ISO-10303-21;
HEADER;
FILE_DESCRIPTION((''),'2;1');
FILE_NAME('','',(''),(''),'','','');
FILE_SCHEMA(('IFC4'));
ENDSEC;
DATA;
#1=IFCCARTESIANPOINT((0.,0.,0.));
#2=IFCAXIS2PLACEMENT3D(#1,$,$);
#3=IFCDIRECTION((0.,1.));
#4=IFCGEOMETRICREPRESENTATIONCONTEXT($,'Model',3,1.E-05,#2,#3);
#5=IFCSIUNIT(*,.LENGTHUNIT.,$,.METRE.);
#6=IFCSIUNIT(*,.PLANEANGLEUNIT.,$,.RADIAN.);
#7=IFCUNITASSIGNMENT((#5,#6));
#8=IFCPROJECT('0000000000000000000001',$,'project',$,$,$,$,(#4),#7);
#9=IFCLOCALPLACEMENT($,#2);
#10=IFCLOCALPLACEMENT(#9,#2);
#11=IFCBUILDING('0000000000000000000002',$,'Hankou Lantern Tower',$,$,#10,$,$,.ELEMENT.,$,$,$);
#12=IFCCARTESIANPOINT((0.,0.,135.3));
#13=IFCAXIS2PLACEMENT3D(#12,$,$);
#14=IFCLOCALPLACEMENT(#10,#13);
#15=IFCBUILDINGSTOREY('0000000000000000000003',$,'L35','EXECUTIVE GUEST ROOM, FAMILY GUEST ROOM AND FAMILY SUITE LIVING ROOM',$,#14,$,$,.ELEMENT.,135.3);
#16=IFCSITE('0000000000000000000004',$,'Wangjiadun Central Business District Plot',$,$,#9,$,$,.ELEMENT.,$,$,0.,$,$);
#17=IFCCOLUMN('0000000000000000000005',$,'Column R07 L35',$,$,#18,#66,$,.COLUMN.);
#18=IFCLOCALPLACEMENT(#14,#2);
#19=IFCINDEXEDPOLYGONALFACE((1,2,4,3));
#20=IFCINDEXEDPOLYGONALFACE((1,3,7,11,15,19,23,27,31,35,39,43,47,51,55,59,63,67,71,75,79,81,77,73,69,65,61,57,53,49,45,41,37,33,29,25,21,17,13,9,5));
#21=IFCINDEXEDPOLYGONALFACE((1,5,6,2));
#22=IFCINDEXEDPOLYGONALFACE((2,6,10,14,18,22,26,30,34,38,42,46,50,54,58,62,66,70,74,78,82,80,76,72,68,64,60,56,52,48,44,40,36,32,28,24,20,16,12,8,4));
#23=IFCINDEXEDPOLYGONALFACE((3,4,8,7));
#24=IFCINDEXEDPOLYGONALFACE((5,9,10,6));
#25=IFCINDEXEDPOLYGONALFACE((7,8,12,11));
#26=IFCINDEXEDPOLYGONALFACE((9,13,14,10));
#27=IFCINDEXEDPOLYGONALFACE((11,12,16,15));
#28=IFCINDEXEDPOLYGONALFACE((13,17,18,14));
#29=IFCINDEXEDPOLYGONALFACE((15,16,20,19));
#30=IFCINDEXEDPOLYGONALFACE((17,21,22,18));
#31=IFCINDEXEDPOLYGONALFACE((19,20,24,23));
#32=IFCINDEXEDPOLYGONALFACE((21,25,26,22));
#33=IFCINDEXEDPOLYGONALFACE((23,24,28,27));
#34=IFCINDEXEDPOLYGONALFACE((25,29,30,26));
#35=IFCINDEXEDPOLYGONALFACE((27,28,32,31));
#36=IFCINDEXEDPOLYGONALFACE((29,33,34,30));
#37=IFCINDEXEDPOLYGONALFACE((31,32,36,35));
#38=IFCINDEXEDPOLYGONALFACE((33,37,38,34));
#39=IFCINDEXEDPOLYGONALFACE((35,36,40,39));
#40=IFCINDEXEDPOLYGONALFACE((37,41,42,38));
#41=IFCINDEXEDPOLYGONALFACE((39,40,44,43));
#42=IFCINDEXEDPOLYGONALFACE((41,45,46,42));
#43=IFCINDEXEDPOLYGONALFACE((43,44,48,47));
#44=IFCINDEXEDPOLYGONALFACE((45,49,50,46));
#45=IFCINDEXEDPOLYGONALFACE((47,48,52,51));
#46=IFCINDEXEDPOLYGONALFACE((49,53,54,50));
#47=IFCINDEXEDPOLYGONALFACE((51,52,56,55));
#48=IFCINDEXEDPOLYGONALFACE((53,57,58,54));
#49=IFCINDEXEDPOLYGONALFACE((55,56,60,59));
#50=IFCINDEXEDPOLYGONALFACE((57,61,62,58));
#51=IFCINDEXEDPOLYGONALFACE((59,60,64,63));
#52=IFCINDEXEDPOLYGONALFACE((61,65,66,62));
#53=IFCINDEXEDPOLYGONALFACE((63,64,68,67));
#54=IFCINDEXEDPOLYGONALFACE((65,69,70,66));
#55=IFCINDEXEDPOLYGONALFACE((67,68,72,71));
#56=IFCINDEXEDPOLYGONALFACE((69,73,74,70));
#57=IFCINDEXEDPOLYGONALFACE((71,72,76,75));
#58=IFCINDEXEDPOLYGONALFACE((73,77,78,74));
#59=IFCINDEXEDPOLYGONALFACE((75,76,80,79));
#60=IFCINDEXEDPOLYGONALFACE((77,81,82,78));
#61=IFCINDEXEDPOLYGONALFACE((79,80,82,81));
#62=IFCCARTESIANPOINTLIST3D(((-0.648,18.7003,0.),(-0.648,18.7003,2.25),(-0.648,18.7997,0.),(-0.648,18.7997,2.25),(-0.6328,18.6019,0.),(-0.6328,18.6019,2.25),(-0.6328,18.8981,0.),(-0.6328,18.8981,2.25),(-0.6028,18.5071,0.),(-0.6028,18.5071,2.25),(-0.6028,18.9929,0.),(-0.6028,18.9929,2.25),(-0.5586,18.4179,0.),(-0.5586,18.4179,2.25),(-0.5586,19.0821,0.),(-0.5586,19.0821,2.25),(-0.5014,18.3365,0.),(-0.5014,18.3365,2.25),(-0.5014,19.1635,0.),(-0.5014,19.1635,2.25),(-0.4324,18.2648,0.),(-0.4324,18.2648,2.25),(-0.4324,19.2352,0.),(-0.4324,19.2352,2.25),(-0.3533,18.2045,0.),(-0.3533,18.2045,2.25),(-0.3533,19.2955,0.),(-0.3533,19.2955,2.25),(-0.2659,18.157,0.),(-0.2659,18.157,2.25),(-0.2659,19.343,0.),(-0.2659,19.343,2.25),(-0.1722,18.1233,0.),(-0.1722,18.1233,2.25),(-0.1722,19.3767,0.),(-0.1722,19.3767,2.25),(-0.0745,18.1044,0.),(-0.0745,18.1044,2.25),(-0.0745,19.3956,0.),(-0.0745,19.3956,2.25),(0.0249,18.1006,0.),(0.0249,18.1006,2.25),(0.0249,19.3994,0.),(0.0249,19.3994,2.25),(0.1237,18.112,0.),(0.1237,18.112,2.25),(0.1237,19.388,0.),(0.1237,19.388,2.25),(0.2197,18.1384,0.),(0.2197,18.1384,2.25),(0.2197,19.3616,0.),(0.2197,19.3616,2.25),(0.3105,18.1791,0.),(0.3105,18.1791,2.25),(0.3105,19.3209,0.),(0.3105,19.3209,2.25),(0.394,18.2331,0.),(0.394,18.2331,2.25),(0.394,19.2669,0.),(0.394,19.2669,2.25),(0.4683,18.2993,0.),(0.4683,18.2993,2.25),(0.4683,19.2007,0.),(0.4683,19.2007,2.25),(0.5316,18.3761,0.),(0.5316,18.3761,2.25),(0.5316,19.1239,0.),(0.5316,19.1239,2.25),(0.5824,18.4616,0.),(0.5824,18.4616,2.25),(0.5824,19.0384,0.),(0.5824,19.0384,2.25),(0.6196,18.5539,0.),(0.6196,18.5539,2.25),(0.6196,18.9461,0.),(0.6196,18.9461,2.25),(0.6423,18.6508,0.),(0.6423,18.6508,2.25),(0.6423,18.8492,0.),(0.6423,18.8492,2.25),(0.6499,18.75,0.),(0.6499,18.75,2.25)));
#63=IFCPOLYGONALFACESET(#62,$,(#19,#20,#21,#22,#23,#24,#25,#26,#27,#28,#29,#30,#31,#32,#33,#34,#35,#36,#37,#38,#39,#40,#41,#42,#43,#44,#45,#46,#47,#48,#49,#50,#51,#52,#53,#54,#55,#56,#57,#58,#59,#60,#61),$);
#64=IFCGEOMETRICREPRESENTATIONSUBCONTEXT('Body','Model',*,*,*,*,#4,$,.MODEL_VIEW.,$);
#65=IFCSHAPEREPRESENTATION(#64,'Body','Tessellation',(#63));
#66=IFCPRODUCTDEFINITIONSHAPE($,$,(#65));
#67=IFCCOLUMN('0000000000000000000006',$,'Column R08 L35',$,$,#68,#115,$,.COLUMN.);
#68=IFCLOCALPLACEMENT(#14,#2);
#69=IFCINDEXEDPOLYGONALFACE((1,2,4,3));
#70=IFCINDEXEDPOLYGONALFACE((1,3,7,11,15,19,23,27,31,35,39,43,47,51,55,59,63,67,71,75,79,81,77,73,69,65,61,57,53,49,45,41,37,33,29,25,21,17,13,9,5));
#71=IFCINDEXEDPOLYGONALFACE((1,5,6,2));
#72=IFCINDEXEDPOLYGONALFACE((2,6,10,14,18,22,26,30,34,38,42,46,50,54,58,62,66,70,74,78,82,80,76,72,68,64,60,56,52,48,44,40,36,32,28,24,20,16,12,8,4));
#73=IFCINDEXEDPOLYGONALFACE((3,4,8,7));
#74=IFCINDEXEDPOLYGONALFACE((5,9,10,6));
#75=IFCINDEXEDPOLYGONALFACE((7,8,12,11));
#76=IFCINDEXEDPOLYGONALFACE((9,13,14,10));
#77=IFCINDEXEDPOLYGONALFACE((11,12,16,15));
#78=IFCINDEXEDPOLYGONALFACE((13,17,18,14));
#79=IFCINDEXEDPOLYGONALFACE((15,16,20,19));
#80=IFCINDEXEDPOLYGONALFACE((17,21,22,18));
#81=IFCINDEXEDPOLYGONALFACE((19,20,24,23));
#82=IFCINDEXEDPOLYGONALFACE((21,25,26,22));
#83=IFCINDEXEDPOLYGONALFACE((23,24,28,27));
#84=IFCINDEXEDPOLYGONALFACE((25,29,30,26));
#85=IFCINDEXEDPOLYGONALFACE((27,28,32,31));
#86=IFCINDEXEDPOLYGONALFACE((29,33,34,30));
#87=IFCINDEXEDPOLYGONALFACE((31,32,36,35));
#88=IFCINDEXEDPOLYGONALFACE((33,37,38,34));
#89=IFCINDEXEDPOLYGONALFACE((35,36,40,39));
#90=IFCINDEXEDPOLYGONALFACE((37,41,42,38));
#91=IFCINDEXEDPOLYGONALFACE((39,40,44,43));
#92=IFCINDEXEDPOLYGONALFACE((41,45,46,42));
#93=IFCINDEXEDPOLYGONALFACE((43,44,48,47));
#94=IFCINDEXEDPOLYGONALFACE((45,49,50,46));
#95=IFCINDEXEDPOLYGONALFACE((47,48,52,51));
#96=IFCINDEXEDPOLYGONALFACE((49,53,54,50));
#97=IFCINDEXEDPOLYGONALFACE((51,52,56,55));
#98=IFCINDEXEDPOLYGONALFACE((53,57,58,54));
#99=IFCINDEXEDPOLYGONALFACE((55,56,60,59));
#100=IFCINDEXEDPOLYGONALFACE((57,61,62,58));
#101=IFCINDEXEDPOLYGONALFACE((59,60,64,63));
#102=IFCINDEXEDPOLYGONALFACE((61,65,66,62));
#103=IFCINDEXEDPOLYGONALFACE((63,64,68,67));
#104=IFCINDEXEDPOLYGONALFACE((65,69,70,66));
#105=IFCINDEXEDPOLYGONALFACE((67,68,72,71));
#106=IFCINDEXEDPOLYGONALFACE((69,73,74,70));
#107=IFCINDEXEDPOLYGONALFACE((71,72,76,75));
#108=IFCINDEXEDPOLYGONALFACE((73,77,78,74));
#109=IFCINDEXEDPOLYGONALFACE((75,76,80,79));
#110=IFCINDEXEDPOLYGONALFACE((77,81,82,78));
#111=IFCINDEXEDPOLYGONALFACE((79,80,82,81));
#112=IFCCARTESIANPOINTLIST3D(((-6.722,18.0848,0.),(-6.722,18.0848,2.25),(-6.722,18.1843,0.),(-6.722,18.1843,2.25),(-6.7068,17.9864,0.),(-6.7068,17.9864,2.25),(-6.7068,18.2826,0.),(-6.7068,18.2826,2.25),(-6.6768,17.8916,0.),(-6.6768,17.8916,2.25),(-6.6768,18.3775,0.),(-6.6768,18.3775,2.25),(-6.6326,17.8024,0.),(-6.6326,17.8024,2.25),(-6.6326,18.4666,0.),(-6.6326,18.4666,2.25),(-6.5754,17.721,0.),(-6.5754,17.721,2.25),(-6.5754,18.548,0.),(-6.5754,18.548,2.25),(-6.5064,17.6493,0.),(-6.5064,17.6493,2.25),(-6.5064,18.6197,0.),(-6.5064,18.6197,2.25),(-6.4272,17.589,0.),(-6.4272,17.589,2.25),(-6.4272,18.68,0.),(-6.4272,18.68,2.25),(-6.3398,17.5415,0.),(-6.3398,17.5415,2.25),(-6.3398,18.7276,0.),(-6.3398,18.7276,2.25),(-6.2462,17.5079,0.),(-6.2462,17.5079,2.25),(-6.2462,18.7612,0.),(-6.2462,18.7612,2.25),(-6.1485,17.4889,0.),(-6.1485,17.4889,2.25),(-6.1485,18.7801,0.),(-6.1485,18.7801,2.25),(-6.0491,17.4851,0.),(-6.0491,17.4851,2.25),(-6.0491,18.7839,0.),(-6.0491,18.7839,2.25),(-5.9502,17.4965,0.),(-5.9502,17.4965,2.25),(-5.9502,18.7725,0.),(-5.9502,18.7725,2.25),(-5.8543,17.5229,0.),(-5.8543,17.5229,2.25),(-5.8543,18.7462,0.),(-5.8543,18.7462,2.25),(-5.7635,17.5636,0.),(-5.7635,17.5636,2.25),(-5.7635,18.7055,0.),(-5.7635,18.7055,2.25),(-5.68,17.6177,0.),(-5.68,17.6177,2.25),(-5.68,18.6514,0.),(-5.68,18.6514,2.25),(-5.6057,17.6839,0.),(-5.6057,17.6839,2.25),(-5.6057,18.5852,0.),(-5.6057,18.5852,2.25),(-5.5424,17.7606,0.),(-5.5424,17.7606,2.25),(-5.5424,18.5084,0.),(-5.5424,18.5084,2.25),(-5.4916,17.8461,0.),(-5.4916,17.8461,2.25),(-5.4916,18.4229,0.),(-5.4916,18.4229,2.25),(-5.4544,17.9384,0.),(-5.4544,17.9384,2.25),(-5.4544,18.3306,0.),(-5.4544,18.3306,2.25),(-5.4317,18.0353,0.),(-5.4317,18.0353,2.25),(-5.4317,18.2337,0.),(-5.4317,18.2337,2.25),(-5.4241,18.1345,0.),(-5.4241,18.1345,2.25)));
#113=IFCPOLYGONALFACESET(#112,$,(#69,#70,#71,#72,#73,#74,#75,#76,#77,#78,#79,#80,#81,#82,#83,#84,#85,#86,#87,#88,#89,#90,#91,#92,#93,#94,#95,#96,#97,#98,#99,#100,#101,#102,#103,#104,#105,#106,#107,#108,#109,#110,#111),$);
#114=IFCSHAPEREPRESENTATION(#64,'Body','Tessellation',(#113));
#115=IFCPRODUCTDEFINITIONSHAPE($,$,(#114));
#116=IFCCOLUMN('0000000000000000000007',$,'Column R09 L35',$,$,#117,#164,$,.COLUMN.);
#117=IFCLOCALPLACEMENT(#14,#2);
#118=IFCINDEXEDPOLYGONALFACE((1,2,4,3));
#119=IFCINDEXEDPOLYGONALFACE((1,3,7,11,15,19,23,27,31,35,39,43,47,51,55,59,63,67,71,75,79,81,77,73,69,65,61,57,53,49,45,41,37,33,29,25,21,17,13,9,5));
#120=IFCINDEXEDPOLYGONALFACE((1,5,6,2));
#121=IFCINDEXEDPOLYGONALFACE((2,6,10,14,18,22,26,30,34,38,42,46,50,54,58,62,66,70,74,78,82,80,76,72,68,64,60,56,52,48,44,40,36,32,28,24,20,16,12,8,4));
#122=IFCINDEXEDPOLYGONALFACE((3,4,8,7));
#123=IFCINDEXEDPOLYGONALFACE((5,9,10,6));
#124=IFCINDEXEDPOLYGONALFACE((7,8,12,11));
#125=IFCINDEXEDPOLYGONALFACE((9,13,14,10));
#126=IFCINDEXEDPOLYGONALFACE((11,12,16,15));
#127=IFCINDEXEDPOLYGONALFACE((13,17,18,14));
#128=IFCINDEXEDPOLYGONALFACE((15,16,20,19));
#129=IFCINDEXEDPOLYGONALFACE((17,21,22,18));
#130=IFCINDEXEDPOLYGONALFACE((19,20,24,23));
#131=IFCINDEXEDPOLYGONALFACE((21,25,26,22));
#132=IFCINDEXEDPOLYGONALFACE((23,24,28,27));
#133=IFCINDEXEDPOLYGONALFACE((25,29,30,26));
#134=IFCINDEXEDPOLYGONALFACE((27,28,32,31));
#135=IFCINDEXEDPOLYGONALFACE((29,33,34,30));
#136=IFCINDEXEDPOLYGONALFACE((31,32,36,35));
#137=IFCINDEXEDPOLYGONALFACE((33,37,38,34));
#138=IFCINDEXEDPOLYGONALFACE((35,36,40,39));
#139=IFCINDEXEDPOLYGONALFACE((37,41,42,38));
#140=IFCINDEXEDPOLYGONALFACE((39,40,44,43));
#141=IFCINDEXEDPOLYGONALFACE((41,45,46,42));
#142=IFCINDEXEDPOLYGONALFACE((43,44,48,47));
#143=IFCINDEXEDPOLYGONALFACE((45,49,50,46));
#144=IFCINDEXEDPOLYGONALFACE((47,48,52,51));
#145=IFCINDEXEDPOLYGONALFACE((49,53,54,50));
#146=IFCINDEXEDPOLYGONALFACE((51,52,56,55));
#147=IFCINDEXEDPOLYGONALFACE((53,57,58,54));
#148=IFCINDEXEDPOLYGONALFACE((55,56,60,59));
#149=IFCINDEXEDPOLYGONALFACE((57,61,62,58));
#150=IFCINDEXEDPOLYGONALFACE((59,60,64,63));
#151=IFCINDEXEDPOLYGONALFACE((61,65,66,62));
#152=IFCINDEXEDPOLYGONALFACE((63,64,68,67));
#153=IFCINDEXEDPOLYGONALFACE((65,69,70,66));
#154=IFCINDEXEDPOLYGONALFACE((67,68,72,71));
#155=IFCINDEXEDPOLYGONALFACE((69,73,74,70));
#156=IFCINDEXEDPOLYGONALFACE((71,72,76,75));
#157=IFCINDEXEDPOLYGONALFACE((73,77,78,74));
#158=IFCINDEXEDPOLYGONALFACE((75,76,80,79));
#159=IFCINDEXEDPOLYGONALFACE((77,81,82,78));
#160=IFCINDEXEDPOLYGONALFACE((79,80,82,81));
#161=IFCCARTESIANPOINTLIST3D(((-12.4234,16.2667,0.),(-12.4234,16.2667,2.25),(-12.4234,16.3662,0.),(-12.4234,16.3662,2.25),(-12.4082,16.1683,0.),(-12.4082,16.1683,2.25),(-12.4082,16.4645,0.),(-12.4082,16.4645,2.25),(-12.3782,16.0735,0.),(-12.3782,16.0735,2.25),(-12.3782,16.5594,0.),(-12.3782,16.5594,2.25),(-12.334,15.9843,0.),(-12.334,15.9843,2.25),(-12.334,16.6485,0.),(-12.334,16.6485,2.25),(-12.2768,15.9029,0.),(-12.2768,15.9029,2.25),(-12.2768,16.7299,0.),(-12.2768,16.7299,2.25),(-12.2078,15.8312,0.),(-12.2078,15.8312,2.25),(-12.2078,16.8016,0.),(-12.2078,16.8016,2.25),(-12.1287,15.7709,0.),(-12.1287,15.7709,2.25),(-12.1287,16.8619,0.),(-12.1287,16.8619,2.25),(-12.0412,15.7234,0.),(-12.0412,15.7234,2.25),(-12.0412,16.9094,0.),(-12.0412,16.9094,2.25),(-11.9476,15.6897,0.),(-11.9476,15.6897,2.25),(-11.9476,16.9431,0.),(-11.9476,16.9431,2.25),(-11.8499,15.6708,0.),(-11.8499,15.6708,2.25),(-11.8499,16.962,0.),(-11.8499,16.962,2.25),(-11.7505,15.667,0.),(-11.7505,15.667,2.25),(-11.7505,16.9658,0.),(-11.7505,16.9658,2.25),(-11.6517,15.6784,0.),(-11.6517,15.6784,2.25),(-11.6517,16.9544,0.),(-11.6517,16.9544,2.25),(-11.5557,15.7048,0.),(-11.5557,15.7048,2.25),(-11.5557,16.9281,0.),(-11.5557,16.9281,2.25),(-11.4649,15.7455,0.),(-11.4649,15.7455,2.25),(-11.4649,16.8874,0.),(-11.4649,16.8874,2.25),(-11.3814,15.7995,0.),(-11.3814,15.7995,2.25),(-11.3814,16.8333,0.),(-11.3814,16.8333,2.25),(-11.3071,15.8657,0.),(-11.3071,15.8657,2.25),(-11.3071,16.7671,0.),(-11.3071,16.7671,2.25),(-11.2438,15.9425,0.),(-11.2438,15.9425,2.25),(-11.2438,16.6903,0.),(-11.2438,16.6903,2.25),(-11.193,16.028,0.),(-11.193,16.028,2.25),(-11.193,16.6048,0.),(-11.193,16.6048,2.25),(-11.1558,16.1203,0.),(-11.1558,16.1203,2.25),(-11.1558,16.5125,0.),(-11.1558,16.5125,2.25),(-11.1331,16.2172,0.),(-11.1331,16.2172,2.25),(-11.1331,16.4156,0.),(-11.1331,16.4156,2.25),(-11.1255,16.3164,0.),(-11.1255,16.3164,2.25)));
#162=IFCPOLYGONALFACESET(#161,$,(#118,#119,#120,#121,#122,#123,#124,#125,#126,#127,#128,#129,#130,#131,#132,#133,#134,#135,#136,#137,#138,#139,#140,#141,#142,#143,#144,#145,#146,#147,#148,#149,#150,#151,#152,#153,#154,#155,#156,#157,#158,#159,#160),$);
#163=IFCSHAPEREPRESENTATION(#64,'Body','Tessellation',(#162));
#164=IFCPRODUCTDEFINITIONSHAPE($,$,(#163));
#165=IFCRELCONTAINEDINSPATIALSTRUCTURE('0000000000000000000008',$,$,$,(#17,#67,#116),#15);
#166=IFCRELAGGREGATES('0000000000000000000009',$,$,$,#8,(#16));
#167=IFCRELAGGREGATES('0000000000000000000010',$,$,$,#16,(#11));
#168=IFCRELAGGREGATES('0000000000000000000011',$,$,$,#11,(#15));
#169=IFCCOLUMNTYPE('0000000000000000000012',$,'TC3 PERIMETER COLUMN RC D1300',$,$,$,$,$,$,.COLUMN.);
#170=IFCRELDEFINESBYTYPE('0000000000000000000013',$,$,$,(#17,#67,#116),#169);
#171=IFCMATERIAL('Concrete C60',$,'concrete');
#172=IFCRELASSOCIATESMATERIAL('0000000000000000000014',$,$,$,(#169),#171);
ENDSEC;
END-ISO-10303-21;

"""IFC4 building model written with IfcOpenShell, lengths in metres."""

from ifc_helpers import new_model, si_unit, direction, frame, origin, origin_2d, place, context, subcontext, project, spatial, circle, extrude, clip, halfspace, material, material_profile, profile_set, type_object, element, save


model = new_model("IFC4")

# Units and contexts
model_context = context("Model", 3, precision=1e-05, world=origin(), true_north=direction((0.0, 1.0)))
body_context = subcontext(model_context, "Body", "Model", "MODEL_VIEW")
ifc_project = project(units=[si_unit("LENGTHUNIT", "METRE"), si_unit("PLANEANGLEUNIT", "RADIAN")], contexts=[model_context])

# Site, building, storey
site_placement = place(None, origin())
site = spatial("IfcSite", under=ifc_project, at=site_placement, Name="Wangjiadun Central Business District Plot", CompositionType="ELEMENT", RefElevation=0.0)
building_placement = place(site_placement, origin())
building = spatial("IfcBuilding", under=site, at=building_placement, Name="Hankou Lantern Tower", CompositionType="ELEMENT")
storey_placement = place(building_placement, frame((0.0, 0.0, 135.3)))
storey = spatial("IfcBuildingStorey", under=building, at=storey_placement, Name="L35", Description="EXECUTIVE GUEST ROOM, FAMILY GUEST ROOM AND FAMILY SUITE LIVING ROOM", CompositionType="ELEMENT", Elevation=135.3)

# Columns
ifc_material_1 = material(Name="Concrete C60", Category="concrete")
ifc_material_profile_1 = material_profile(ifc_material_1, circle(Radius=0.6499, at=origin_2d()), Name="RC D1300")
ifc_profile_set_1 = profile_set([ifc_material_profile_1], Name="Concrete C60")
column_type = type_object("IfcColumnType", Name="TC3 PERIMETER COLUMN RC D1300", PredefinedType="COLUMN", material=ifc_profile_set_1)
for number, where, z_axis, x_axis, name in (
    (1, (0.0, 18.75, 0.0), (0.0, 0.0, 1.0), (1.0, 0.0, 0.0), "Column R07 L35"),
    (2, (-6.074, 18.1345, 0.0), (0.0, 0.0, 1.0), (1.0, 0.0, 0.0), "Column R08 L35"),
    (3, (-11.7754, 16.3164, 0.0), (0.0, 0.0, 1.0), (1.0, 0.0, 0.0), "Column R09 L35"),
):
    element("IfcColumn", number, at=place(storey_placement, frame(where, z_axis=z_axis, x_axis=x_axis)), inside=storey, type_object=column_type, Name=name, PredefinedType="COLUMN", context=body_context, shape_type="Clipping", body=[
        clip(extrude(circle(Radius=0.6499, at=origin_2d()), origin(), (0.0, 0.0, 1.0), 3.3), halfspace(frame((0.0, 0.0, 2.25), z_axis=(0.0, 0.0, 1.0), x_axis=(1.0, 0.0, 0.0)), False)),
    ])

save(model, "model.ifc")
